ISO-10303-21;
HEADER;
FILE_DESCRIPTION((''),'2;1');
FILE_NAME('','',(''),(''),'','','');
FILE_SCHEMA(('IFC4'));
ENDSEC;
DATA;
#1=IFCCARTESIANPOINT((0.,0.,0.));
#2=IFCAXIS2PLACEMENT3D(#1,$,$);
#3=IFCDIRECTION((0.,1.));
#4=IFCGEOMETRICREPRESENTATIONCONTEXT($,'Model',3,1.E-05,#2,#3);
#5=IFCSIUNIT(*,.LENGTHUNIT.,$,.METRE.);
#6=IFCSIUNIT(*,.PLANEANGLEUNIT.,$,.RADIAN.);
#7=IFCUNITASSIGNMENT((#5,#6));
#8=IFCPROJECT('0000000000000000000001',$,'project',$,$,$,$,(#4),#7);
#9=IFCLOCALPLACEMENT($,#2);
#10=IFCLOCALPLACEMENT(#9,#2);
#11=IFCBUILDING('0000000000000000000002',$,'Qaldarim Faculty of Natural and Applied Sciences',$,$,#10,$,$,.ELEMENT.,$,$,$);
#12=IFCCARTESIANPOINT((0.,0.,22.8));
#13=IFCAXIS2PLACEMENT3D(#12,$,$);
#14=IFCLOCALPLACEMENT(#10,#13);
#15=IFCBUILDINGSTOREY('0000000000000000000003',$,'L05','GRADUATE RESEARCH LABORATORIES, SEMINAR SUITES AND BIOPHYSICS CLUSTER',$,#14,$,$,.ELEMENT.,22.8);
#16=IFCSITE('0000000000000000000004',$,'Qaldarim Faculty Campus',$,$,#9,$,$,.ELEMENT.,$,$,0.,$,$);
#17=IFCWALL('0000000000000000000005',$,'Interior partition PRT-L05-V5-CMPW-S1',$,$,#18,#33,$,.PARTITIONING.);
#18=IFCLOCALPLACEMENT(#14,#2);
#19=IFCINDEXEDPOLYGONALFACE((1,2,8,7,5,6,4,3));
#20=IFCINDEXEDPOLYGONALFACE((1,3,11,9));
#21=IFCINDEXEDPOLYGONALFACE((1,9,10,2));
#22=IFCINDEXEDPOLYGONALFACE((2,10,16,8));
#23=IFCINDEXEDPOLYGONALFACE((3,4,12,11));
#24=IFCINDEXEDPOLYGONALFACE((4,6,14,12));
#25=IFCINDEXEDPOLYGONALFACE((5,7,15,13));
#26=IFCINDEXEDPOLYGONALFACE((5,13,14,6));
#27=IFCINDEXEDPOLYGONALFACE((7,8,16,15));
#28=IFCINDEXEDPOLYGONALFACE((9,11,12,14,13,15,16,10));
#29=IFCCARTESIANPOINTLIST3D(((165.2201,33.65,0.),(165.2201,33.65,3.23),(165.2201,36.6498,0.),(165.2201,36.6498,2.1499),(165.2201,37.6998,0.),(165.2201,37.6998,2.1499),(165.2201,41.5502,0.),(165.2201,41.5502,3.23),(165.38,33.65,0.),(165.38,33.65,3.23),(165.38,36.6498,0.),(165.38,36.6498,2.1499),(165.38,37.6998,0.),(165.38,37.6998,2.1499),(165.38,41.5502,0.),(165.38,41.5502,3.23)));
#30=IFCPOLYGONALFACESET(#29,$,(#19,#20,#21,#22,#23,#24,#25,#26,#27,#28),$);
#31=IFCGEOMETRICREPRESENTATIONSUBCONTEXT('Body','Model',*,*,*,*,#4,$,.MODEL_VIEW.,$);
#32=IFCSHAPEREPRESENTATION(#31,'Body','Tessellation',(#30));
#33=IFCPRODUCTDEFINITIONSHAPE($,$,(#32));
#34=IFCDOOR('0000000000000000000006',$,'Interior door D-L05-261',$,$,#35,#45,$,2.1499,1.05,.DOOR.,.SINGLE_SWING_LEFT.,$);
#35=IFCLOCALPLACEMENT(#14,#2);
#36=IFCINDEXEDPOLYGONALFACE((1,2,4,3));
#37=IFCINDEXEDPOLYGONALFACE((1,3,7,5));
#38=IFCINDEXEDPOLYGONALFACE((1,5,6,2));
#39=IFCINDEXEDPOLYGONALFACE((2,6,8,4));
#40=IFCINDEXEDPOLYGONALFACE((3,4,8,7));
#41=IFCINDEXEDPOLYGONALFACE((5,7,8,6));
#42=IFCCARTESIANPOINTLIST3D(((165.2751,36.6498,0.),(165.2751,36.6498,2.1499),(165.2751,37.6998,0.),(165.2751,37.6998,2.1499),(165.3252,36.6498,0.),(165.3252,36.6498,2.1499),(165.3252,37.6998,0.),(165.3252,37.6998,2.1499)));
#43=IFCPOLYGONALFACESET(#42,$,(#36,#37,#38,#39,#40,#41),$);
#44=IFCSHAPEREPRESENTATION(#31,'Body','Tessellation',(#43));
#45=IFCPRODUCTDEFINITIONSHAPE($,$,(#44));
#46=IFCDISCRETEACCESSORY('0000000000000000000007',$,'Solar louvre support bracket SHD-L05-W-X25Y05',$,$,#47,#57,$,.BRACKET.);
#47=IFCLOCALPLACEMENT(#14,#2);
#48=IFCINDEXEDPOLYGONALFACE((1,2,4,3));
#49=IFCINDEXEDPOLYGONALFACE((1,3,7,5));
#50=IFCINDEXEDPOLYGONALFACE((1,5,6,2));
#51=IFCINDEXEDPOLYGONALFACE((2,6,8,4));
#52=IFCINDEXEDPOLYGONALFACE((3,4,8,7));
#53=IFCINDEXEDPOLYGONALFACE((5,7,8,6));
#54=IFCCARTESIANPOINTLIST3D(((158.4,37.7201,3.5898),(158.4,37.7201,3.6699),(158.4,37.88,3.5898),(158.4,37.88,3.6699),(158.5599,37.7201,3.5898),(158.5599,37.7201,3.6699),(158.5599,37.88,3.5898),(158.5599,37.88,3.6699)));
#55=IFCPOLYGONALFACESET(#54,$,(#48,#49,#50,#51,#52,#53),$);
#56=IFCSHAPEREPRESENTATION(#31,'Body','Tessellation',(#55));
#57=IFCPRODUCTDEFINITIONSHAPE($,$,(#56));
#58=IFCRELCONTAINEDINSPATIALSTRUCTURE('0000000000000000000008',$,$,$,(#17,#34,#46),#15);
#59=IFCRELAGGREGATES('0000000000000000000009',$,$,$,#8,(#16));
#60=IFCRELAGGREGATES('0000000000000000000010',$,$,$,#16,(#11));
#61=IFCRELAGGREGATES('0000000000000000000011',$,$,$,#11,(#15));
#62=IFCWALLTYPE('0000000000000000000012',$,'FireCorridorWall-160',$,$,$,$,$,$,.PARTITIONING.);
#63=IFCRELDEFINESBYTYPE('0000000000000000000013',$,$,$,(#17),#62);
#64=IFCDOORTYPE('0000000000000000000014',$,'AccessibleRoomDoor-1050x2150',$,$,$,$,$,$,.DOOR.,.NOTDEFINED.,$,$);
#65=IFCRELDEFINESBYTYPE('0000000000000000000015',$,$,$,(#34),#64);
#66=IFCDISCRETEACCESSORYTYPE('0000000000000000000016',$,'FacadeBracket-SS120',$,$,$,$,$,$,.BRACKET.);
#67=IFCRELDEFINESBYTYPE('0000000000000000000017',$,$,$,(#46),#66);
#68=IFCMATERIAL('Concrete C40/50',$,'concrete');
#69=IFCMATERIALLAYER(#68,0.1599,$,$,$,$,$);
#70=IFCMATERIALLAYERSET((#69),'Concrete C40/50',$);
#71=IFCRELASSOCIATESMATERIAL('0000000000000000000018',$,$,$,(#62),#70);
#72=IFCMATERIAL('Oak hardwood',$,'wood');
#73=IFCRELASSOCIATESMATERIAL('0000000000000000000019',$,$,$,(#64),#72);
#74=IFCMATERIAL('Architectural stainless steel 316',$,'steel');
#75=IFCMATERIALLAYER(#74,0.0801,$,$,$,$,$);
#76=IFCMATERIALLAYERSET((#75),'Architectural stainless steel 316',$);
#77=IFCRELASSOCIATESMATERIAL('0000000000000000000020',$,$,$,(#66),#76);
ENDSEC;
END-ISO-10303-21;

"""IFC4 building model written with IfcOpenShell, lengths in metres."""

from ifc_helpers import new_model, si_unit, direction, frame, frame_2d, origin, origin_2d, place, context, subcontext, project, spatial, rectangle, extrude, material, layer, layer_set, type_object, element, fill, save


model = new_model("IFC4")

# Units and contexts
model_context = context("Model", 3, precision=1e-05, world=origin(), true_north=direction((0.0, 1.0)))
body_context = subcontext(model_context, "Body", "Model", "MODEL_VIEW")
ifc_project = project(units=[si_unit("LENGTHUNIT", "METRE"), si_unit("PLANEANGLEUNIT", "RADIAN")], contexts=[model_context])

# Site, building, storey
site_placement = place(None, origin())
site = spatial("IfcSite", under=ifc_project, at=site_placement, Name="Qaldarim Faculty Campus", CompositionType="ELEMENT", RefElevation=0.0)
building_placement = place(site_placement, origin())
building = spatial("IfcBuilding", under=site, at=building_placement, Name="Qaldarim Faculty of Natural and Applied Sciences", CompositionType="ELEMENT")
storey_placement = place(building_placement, frame((0.0, 0.0, 22.8)))
storey = spatial("IfcBuildingStorey", under=building, at=storey_placement, Name="L05", Description="GRADUATE RESEARCH LABORATORIES, SEMINAR SUITES AND BIOPHYSICS CLUSTER", CompositionType="ELEMENT", Elevation=22.8)

# Shared definitions
ifc_material_1 = material(Name="Concrete C40/50", Category="concrete")

# Wall, opening, door
ifc_layer_1 = layer(ifc_material_1, 0.1599)
ifc_layer_set_1 = layer_set([ifc_layer_1], Name="Concrete C40/50")
wall_type_1 = type_object("IfcWallType", Name="FireCorridorWall-160", PredefinedType="PARTITIONING", material=ifc_layer_set_1)
wall_1_placement = place(storey_placement, frame((165.3, 33.6499, 0.0), z_axis=(0.0, 0.0, 1.0), x_axis=(0.0, 1.0, 0.0)))
wall_1 = element("IfcWall", 1, at=wall_1_placement, inside=storey, type_object=wall_type_1, Name="Interior partition PRT-L05-V5-CMPW-S1", PredefinedType="PARTITIONING", context=body_context, shape_type="SweptSolid", body=[
    extrude(rectangle(XDim=7.9001, YDim=0.1599, at=frame_2d((3.9502, 0.0))), origin(), (0.0, 0.0, 1.0), 3.23),
])
opening_1_placement = place(wall_1_placement, frame((3.0, 0.0, 0.0)))
opening_1 = element("IfcOpeningElement", 2, at=opening_1_placement, cuts=wall_1, PredefinedType="OPENING", context=body_context, shape_type="SweptSolid", body=[
    extrude(rectangle(XDim=1.05, YDim=2.1499, at=frame_2d((0.5249, 1.075))), frame((0.0, 0.0898, 0.0), z_axis=(0.0, -1.0, 0.0), x_axis=(1.0, 0.0, 0.0)), (0.0, 0.0, 1.0), 0.1799),
])
ifc_material_2 = material(Name="Oak hardwood", Category="wood")
door_type = type_object("IfcDoorType", Name="AccessibleRoomDoor-1050x2150", OperationType="NOTDEFINED", PredefinedType="DOOR", material=ifc_material_2)
door_placement = place(opening_1_placement, origin())
door = element("IfcDoor", 3, at=door_placement, inside=storey, type_object=door_type, Name="Interior door D-L05-261", OperationType="SINGLE_SWING_LEFT", OverallHeight=2.1499, OverallWidth=1.05, PredefinedType="DOOR", context=body_context, shape_type="SweptSolid", body=[
    extrude(rectangle(XDim=1.05, YDim=2.1499, at=frame_2d((0.5249, 1.075))), frame((0.0, 0.0249, 0.0), z_axis=(0.0, -1.0, 0.0), x_axis=(1.0, 0.0, 0.0)), (0.0, 0.0, 1.0), 0.05),
])
fill(opening_1, door)

# Discrete accessory
ifc_material_3 = material(Name="Architectural stainless steel 316", Category="steel")
ifc_layer_2 = layer(ifc_material_3, 0.0801)
ifc_layer_set_2 = layer_set([ifc_layer_2], Name="Architectural stainless steel 316")
discrete_accessory_type = type_object("IfcDiscreteAccessoryType", Name="FacadeBracket-SS120", PredefinedType="BRACKET", material=ifc_layer_set_2)
discrete_accessory_placement = place(storey_placement, frame((158.48, 37.8, 3.5898), z_axis=(0.0, 0.0, 1.0), x_axis=(0.0, 1.0, 0.0)))
element("IfcDiscreteAccessory", 4, at=discrete_accessory_placement, inside=storey, type_object=discrete_accessory_type, Name="Solar louvre support bracket SHD-L05-W-X25Y05", PredefinedType="BRACKET", context=body_context, shape_type="SweptSolid", body=[
    extrude(rectangle(XDim=0.1599, YDim=0.1599, at=origin_2d()), origin(), (0.0, 0.0, 1.0), 0.0801),
])

save(model, "model.ifc")
